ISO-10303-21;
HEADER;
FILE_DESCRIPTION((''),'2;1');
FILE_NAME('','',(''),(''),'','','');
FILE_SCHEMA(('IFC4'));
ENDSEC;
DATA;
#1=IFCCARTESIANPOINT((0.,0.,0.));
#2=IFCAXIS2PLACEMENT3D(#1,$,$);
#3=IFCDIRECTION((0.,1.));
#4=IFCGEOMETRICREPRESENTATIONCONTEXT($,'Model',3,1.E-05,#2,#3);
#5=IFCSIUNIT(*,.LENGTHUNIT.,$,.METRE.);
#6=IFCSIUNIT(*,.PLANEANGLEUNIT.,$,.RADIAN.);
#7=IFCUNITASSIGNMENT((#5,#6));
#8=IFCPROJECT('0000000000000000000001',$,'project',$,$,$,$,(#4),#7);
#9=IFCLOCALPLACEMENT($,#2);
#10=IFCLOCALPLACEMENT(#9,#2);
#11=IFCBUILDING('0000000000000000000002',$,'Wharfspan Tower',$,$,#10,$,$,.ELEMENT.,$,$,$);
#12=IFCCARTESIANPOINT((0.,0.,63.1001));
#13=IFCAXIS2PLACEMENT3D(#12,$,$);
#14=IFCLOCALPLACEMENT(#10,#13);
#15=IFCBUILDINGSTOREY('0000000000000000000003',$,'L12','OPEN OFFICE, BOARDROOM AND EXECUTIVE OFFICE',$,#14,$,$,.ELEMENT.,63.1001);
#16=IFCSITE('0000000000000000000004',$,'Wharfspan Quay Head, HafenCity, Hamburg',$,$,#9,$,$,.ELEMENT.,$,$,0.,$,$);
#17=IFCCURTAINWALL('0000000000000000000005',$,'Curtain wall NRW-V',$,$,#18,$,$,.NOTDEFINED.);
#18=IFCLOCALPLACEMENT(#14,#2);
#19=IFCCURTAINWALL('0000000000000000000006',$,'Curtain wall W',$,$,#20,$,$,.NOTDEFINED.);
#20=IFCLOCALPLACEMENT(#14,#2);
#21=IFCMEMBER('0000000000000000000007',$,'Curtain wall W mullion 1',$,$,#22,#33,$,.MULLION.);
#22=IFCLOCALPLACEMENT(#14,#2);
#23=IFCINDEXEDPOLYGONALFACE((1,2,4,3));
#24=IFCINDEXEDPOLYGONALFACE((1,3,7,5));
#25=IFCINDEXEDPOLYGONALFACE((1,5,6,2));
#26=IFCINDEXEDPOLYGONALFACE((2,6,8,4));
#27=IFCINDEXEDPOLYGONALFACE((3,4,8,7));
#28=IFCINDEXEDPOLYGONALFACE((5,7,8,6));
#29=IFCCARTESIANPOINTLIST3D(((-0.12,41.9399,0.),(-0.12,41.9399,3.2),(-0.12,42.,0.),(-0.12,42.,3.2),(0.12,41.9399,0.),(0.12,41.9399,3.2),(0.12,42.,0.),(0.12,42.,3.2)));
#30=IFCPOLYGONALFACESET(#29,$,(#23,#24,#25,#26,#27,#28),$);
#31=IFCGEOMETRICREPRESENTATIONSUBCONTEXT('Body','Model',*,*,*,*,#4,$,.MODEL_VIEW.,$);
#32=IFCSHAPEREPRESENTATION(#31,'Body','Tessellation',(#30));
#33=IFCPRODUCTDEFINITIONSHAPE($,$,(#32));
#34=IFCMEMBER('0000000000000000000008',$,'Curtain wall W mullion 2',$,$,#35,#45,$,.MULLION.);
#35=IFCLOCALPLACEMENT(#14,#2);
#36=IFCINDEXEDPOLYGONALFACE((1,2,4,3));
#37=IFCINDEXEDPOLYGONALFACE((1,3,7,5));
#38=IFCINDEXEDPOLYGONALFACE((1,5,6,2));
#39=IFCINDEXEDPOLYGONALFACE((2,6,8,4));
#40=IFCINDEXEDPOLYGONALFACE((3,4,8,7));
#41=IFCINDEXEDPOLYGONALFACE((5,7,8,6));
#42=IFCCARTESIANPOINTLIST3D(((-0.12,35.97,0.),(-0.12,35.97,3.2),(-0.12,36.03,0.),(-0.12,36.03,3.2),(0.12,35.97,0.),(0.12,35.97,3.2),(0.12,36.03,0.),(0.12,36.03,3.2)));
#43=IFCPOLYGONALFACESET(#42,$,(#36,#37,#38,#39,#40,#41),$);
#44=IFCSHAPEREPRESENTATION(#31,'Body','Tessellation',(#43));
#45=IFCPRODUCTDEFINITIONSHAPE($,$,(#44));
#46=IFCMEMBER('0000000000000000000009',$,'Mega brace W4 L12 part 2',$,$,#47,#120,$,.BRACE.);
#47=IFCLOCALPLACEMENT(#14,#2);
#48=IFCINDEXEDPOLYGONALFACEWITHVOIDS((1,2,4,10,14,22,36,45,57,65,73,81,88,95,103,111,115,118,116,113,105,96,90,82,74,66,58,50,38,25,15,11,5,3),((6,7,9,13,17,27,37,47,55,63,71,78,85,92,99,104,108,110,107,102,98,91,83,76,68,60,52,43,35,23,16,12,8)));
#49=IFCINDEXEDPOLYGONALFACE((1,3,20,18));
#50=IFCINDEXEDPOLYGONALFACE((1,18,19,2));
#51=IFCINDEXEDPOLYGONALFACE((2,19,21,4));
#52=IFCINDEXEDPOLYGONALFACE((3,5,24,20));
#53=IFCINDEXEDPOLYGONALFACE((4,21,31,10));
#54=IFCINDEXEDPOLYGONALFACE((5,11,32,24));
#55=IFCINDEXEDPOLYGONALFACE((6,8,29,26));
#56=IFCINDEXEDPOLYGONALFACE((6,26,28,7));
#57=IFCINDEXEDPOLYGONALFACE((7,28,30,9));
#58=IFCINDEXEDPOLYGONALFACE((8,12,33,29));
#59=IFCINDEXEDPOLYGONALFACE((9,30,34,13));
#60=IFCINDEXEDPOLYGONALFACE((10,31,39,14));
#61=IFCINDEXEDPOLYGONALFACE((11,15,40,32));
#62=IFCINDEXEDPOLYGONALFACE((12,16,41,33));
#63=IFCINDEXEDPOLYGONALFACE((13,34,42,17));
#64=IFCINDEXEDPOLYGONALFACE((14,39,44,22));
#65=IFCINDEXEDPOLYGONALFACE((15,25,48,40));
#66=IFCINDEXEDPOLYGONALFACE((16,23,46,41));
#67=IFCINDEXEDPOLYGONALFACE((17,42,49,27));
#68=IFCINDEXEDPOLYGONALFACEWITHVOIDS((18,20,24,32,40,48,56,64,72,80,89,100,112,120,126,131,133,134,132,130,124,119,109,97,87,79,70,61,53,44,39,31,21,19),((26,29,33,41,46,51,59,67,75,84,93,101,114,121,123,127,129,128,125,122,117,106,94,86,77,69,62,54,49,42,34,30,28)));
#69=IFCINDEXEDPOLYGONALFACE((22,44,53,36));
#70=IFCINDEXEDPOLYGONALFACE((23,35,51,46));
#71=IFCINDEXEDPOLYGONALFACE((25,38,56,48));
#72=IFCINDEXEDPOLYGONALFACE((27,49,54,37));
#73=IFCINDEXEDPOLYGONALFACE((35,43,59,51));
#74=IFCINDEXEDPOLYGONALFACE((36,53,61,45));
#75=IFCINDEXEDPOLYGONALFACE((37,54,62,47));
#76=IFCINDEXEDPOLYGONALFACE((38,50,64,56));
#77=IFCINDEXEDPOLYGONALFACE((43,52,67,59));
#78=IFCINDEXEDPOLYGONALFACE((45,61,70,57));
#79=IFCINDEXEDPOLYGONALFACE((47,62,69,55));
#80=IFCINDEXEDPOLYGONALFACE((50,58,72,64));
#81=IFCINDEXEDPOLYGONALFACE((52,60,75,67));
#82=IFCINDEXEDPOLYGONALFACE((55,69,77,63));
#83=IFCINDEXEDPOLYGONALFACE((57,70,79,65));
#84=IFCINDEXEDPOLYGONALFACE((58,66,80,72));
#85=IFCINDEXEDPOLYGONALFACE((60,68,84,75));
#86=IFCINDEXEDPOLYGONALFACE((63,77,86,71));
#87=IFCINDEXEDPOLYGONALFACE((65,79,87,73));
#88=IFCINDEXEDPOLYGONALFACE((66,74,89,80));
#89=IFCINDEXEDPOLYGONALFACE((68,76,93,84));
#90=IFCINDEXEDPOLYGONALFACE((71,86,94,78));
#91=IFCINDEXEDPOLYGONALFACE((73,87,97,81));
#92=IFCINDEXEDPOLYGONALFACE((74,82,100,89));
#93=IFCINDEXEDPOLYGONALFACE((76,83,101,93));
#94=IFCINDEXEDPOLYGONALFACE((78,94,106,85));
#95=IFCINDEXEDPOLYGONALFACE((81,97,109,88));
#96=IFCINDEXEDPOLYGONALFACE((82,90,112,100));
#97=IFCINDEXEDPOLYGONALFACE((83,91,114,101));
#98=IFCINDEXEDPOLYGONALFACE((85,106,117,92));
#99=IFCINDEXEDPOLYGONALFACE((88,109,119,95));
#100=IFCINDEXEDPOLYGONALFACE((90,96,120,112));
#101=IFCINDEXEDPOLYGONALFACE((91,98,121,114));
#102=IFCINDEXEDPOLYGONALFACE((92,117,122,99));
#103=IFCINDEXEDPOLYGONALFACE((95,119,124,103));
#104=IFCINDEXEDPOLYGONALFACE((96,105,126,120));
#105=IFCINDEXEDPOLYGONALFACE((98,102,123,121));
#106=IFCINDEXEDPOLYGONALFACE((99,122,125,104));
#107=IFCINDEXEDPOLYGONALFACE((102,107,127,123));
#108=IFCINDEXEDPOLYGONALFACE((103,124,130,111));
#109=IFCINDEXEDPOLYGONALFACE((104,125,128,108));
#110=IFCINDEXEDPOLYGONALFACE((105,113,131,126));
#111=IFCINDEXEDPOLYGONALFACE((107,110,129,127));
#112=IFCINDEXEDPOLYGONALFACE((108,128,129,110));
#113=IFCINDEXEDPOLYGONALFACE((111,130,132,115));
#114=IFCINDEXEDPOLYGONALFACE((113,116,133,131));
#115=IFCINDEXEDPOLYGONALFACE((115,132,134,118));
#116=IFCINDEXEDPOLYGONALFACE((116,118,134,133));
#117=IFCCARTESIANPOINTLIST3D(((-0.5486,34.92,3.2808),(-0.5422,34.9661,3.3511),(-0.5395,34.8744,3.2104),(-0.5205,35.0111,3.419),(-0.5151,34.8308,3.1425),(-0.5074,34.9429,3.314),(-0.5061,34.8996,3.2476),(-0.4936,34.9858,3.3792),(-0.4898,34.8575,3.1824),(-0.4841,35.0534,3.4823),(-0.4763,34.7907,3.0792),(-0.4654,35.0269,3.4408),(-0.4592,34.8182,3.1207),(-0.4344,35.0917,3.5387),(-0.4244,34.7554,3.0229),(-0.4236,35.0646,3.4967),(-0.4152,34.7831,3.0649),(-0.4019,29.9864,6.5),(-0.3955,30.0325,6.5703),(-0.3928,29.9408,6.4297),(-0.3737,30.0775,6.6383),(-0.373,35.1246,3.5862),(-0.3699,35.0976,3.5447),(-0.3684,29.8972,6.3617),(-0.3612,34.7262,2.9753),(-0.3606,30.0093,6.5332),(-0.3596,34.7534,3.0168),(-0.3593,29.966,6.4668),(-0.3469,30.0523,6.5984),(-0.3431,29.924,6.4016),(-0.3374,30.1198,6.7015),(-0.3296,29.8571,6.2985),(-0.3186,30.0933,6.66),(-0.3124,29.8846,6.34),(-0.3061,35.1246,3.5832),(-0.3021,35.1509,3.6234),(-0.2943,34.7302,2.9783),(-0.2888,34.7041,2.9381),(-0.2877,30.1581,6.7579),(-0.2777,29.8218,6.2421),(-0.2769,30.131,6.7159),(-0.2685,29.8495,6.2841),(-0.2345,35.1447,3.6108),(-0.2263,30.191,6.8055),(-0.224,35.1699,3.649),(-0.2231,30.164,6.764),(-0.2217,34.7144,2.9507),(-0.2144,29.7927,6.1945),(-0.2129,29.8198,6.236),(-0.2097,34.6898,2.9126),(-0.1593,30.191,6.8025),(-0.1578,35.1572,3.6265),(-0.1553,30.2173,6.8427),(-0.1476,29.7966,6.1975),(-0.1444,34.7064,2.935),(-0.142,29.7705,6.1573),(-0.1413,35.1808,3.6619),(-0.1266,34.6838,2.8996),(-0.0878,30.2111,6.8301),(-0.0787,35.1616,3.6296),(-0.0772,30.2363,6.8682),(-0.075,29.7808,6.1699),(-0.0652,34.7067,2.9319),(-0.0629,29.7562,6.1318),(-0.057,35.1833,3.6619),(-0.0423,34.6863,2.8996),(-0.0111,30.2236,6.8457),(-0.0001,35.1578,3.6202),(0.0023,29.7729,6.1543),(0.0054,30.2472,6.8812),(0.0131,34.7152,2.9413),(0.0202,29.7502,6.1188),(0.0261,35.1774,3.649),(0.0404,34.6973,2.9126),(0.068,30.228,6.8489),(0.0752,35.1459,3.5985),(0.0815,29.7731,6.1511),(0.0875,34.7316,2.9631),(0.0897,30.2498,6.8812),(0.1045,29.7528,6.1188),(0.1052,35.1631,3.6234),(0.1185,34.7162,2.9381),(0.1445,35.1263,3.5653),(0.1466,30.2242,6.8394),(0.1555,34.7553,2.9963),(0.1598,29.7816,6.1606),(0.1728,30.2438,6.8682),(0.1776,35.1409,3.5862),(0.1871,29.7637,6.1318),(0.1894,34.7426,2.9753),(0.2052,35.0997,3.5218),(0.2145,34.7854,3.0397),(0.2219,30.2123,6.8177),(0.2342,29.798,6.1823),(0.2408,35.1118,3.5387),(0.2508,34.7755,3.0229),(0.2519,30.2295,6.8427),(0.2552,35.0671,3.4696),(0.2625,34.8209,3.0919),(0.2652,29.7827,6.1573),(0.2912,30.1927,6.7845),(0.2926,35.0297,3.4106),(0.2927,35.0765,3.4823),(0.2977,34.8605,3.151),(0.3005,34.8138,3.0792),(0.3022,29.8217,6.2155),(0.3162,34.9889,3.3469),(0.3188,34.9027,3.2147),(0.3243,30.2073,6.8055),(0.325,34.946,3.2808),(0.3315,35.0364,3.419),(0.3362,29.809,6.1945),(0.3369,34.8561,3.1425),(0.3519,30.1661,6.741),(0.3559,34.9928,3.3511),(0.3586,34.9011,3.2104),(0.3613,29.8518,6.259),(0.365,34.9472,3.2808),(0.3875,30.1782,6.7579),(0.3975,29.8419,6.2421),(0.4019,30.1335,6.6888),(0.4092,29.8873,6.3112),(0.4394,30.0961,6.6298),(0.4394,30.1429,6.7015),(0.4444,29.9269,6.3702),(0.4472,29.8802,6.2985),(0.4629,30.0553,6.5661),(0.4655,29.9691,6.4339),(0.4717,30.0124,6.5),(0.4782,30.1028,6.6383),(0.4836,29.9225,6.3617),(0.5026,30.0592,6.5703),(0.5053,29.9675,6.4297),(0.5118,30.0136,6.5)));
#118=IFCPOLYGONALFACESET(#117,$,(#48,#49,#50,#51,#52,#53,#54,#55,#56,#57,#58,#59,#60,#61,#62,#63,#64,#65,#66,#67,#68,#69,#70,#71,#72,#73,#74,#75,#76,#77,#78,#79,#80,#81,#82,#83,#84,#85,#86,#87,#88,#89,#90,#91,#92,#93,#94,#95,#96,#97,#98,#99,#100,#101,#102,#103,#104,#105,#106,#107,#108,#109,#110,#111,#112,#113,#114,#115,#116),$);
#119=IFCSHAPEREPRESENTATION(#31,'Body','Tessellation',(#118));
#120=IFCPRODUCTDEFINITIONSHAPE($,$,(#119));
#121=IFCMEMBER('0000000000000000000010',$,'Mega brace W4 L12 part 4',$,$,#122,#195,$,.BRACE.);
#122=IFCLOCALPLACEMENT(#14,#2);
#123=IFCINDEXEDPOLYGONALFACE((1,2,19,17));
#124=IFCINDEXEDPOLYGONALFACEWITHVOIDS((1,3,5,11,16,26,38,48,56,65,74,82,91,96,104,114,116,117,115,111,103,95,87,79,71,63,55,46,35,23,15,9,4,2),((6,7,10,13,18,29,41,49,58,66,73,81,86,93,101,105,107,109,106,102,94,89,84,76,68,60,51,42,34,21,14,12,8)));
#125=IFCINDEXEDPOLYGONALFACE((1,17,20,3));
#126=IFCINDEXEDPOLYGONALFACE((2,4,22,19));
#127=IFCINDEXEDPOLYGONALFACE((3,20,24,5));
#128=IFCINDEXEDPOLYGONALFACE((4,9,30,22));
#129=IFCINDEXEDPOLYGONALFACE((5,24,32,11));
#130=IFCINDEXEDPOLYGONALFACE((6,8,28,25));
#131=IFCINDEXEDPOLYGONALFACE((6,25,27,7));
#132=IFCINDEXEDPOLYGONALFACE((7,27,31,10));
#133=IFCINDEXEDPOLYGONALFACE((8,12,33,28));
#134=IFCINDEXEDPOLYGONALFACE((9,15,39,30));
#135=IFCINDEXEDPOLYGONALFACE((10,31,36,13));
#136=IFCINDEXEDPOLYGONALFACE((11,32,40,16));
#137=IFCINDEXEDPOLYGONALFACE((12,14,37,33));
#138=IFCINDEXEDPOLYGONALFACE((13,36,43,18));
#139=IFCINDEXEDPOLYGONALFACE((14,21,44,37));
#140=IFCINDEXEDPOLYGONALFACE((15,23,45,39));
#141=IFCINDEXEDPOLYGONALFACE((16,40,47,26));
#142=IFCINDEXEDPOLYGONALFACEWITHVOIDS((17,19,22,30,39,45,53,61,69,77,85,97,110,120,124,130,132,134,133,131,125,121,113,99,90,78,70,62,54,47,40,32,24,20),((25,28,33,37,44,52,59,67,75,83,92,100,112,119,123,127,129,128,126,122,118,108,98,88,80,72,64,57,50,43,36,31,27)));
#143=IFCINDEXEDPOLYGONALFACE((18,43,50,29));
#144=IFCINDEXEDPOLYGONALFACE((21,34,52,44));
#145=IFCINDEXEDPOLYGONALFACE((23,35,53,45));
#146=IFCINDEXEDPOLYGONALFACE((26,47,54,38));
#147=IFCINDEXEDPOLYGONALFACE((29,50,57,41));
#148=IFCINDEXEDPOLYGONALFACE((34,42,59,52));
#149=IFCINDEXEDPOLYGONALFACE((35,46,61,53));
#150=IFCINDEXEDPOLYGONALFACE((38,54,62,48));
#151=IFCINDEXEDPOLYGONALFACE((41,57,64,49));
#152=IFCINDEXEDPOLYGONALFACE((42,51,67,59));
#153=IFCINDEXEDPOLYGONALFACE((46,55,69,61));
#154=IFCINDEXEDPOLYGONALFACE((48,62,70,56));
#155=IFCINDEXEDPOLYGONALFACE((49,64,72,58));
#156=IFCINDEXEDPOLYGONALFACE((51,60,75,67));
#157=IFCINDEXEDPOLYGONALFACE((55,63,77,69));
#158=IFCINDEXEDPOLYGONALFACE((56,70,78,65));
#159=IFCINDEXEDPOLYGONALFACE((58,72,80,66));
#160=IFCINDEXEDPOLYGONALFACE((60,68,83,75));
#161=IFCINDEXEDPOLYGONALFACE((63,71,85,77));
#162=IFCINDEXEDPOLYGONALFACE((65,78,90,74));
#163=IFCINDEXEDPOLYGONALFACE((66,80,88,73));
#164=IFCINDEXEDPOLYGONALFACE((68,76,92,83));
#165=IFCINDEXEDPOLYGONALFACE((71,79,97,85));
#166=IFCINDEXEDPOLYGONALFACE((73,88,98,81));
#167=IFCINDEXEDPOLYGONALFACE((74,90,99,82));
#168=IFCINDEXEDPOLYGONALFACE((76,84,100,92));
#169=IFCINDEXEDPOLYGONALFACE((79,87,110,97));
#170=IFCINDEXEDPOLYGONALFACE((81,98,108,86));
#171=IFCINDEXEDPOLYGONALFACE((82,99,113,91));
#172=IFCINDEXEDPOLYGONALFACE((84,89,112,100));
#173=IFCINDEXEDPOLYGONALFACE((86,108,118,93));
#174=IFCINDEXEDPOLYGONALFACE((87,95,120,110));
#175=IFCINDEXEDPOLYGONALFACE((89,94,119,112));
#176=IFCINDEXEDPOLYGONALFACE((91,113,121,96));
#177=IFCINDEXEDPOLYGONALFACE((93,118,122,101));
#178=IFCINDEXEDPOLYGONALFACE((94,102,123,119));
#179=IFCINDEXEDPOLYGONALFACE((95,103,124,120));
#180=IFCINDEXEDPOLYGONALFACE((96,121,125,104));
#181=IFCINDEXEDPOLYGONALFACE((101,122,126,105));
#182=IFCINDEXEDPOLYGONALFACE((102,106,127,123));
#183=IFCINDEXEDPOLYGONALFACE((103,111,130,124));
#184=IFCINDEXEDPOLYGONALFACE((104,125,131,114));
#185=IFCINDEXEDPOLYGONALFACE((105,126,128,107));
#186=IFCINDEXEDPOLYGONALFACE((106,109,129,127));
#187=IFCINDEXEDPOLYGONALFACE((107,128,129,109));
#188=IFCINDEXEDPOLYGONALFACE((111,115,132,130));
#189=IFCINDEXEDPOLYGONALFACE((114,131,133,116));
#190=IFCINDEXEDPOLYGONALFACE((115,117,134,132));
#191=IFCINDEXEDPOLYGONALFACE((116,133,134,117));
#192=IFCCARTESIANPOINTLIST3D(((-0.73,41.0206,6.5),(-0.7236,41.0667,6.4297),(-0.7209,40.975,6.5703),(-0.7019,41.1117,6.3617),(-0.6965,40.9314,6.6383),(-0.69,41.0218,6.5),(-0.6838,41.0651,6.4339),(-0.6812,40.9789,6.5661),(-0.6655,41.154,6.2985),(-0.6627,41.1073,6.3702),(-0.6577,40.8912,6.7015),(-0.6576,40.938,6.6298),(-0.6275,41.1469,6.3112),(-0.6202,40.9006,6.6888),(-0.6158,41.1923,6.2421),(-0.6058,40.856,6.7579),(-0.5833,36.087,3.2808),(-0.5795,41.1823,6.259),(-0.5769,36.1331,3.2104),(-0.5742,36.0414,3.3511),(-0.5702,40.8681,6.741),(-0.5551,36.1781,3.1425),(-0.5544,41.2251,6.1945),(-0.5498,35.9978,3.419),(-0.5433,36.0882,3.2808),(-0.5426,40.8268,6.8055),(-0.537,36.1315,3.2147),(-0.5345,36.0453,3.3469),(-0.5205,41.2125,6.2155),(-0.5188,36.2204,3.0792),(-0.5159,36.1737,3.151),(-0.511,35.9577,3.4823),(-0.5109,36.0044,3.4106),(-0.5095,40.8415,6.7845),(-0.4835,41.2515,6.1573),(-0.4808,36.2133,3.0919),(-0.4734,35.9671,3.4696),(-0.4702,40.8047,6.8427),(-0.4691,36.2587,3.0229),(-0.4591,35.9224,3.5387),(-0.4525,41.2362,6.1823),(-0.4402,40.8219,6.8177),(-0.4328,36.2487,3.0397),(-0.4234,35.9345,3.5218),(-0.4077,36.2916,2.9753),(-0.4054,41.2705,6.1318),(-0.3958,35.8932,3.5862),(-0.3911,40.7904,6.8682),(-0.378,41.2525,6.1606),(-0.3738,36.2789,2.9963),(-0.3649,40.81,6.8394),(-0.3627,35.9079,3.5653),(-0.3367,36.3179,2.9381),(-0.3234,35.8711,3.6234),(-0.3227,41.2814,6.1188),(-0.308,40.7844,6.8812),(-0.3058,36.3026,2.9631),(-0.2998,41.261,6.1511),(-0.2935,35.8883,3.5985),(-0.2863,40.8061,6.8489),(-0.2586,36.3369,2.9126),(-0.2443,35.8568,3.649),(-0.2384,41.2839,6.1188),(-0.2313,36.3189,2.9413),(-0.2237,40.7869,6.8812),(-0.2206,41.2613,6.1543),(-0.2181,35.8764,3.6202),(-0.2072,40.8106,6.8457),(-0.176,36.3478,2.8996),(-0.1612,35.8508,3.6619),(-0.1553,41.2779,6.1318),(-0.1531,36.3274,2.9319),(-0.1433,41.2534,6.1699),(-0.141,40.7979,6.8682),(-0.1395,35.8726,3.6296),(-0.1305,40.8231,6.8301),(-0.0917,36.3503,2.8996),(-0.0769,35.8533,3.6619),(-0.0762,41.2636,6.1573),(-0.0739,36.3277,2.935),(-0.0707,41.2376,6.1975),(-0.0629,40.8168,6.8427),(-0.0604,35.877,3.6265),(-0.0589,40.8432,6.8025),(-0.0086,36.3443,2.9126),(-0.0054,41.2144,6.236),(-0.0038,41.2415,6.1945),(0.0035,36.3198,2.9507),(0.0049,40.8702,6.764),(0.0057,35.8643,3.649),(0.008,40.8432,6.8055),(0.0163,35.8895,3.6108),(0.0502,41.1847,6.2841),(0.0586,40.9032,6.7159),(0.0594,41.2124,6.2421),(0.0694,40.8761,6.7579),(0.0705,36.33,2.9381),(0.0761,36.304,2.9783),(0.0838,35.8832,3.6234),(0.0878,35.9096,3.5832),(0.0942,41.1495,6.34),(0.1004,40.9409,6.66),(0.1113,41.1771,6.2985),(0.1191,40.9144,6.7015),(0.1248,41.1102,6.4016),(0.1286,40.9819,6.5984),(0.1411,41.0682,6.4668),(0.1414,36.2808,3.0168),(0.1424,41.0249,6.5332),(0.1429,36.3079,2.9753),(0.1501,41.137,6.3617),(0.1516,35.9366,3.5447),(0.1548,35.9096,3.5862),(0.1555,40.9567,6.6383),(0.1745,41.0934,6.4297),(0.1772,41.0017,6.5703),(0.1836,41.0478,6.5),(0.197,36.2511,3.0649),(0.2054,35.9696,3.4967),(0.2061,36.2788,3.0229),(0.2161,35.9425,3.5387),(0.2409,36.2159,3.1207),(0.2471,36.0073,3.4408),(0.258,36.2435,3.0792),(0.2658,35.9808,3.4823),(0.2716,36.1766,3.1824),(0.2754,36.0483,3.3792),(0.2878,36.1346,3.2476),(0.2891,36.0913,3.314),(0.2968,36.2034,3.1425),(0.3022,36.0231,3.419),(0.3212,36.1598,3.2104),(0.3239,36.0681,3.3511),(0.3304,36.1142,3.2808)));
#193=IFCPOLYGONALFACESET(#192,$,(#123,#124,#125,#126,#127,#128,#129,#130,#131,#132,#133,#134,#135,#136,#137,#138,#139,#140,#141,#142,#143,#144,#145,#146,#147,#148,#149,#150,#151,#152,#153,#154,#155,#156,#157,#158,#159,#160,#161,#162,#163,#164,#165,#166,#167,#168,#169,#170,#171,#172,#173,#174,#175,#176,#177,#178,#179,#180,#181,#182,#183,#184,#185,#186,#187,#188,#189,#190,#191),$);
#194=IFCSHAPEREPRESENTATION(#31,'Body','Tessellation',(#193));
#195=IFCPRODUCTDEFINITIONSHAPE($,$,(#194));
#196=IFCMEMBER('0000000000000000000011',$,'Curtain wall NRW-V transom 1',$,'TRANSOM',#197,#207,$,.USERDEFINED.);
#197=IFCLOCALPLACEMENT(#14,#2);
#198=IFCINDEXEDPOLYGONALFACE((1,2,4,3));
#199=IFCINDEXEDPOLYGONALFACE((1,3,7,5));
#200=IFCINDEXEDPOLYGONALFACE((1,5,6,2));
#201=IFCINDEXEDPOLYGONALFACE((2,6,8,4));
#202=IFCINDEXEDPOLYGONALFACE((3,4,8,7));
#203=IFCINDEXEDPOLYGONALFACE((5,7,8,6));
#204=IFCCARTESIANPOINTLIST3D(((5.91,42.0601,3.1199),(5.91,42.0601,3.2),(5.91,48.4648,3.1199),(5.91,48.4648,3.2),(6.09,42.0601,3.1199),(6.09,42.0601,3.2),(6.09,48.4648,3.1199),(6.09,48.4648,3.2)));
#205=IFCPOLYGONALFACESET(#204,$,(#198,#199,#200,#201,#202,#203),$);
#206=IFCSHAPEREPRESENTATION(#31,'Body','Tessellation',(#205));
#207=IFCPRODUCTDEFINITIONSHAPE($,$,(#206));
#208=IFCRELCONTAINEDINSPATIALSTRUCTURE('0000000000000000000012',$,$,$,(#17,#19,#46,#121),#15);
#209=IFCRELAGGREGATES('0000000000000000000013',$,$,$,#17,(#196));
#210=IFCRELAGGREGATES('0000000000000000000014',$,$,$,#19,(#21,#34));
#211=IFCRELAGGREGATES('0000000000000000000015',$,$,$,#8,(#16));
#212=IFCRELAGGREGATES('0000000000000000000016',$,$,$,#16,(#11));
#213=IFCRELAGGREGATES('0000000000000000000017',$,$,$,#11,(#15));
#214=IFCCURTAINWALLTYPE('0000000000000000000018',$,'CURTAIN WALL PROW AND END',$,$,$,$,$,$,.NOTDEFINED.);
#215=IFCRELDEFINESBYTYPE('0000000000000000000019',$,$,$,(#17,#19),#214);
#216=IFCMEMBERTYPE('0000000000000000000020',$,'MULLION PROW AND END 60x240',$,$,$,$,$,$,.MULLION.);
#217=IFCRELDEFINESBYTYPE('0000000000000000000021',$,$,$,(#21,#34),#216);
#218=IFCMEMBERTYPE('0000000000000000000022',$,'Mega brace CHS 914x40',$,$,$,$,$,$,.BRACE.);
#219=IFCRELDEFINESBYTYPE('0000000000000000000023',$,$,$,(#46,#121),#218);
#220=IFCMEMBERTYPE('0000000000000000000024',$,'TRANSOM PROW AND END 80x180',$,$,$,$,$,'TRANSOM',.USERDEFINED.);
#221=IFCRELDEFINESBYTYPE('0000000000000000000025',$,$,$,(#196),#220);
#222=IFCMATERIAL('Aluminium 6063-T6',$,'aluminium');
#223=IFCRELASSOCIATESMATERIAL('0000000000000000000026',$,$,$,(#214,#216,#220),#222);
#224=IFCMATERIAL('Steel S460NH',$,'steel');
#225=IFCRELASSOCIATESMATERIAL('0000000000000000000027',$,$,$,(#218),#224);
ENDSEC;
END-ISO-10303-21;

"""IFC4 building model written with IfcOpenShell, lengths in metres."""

from ifc_helpers import new_model, si_unit, direction, frame, origin, origin_2d, place, context, subcontext, project, spatial, rectangle, hollow_circle, extrude, material, material_profile, profile_set, type_object, element, aggregate, save


model = new_model("IFC4")

# Units and contexts
model_context = context("Model", 3, precision=1e-05, world=origin(), true_north=direction((0.0, 1.0)))
body_context = subcontext(model_context, "Body", "Model", "MODEL_VIEW")
ifc_project = project(units=[si_unit("LENGTHUNIT", "METRE"), si_unit("PLANEANGLEUNIT", "RADIAN")], contexts=[model_context])

# Site, building, storey
site_placement = place(None, origin())
site = spatial("IfcSite", under=ifc_project, at=site_placement, Name="Wharfspan Quay Head, HafenCity, Hamburg", CompositionType="ELEMENT", RefElevation=0.0)
building_placement = place(site_placement, origin())
building = spatial("IfcBuilding", under=site, at=building_placement, Name="Wharfspan Tower", CompositionType="ELEMENT")
storey_placement = place(building_placement, frame((0.0, 0.0, 63.1001)))
storey = spatial("IfcBuildingStorey", under=building, at=storey_placement, Name="L12", Description="OPEN OFFICE, BOARDROOM AND EXECUTIVE OFFICE", CompositionType="ELEMENT", Elevation=63.1001)

# Curtain walls, members
ifc_material_1 = material(Name="Aluminium 6063-T6", Category="aluminium")
curtain_wall_type = type_object("IfcCurtainWallType", Name="CURTAIN WALL PROW AND END", PredefinedType="NOTDEFINED", material=ifc_material_1)
curtain_wall_1_placement = place(storey_placement, origin())
curtain_wall_1 = element("IfcCurtainWall", 1, at=curtain_wall_1_placement, inside=storey, type_object=curtain_wall_type, Name="Curtain wall NRW-V", PredefinedType="NOTDEFINED")
ifc_material_profile_1 = material_profile(ifc_material_1, rectangle(XDim=0.24, YDim=0.0601, at=origin_2d()))
ifc_profile_set_1 = profile_set([ifc_material_profile_1], Name="Aluminium 6063-T6")
member_type_1 = type_object("IfcMemberType", Name="MULLION PROW AND END 60x240", PredefinedType="MULLION", material=ifc_profile_set_1)
curtain_wall_2_placement = place(storey_placement, origin())
curtain_wall_2 = element("IfcCurtainWall", 2, at=curtain_wall_2_placement, inside=storey, type_object=curtain_wall_type, Name="Curtain wall W", PredefinedType="NOTDEFINED")
member_1_placement = place(storey_placement, frame((0.0, 41.97, 0.0), z_axis=(0.0, 0.0, 1.0), x_axis=(1.0, 0.0, 0.0)))
member_1 = element("IfcMember", 3, at=member_1_placement, type_object=member_type_1, Name="Curtain wall W mullion 1", PredefinedType="MULLION", context=body_context, shape_type="SweptSolid", body=[
    extrude(rectangle(XDim=0.24, YDim=0.0601, at=origin_2d()), origin(), (0.0, 0.0, 1.0), 3.2),
])
member_2_placement = place(storey_placement, frame((0.0, 36.0, 0.0), z_axis=(0.0, 0.0, 1.0), x_axis=(1.0, 0.0, 0.0)))
member_2 = element("IfcMember", 4, at=member_2_placement, type_object=member_type_1, Name="Curtain wall W mullion 2", PredefinedType="MULLION", context=body_context, shape_type="SweptSolid", body=[
    extrude(rectangle(XDim=0.24, YDim=0.0601, at=origin_2d()), origin(), (0.0, 0.0, 1.0), 3.2),
])

# Members
ifc_material_2 = material(Name="Steel S460NH", Category="steel")
ifc_material_profile_2 = material_profile(ifc_material_2, hollow_circle(Radius=0.457, WallThickness=0.04, at=origin_2d()))
ifc_profile_set_2 = profile_set([ifc_material_profile_2], Name="Steel S460NH")
member_type_2 = type_object("IfcMemberType", Name="Mega brace CHS 914x40", PredefinedType="BRACE", material=ifc_profile_set_2)
for number, where, z_axis, x_axis, name in (
    (5, (-0.0918, 34.9336, 3.2808), (0.0249, -0.837221, 0.546298), (0.999556, 0.02973, 0.000003), "Mega brace W4 L12 part 2"),
    (6, (-0.1265, 36.1006, 3.2808), (-0.0249, 0.837221, 0.546298), (-0.999556, -0.02973, 0.000003), "Mega brace W4 L12 part 4"),
):
    element("IfcMember", number, at=place(storey_placement, frame(where, z_axis=z_axis, x_axis=x_axis)), inside=storey, type_object=member_type_2, Name=name, PredefinedType="BRACE", context=body_context, shape_type="SweptSolid", body=[
        extrude(hollow_circle(Radius=0.457, WallThickness=0.04, at=origin_2d()), origin(), (0.0, 0.0, 1.0), 5.8928),
    ])

# Member
ifc_material_profile_3 = material_profile(ifc_material_1, rectangle(XDim=0.1799, YDim=0.0801, at=origin_2d()))
ifc_profile_set_3 = profile_set([ifc_material_profile_3], Name="Aluminium 6063-T6")
member_type_3 = type_object("IfcMemberType", Name="TRANSOM PROW AND END 80x180", ElementType="TRANSOM", PredefinedType="USERDEFINED", material=ifc_profile_set_3)
member_3_placement = place(storey_placement, frame((6.0, 48.4648, 3.1599), z_axis=(0.0, -1.0, 0.0), x_axis=(1.0, 0.0, 0.0)))
member_3 = element("IfcMember", 7, at=member_3_placement, type_object=member_type_3, Name="Curtain wall NRW-V transom 1", ObjectType="TRANSOM", PredefinedType="USERDEFINED", context=body_context, shape_type="SweptSolid", body=[
    extrude(rectangle(XDim=0.1799, YDim=0.0801, at=origin_2d()), origin(), (0.0, 0.0, 1.0), 6.4048),
])

aggregate(curtain_wall_1, [member_3])
aggregate(curtain_wall_2, [member_1, member_2])

save(model, "model.ifc")
